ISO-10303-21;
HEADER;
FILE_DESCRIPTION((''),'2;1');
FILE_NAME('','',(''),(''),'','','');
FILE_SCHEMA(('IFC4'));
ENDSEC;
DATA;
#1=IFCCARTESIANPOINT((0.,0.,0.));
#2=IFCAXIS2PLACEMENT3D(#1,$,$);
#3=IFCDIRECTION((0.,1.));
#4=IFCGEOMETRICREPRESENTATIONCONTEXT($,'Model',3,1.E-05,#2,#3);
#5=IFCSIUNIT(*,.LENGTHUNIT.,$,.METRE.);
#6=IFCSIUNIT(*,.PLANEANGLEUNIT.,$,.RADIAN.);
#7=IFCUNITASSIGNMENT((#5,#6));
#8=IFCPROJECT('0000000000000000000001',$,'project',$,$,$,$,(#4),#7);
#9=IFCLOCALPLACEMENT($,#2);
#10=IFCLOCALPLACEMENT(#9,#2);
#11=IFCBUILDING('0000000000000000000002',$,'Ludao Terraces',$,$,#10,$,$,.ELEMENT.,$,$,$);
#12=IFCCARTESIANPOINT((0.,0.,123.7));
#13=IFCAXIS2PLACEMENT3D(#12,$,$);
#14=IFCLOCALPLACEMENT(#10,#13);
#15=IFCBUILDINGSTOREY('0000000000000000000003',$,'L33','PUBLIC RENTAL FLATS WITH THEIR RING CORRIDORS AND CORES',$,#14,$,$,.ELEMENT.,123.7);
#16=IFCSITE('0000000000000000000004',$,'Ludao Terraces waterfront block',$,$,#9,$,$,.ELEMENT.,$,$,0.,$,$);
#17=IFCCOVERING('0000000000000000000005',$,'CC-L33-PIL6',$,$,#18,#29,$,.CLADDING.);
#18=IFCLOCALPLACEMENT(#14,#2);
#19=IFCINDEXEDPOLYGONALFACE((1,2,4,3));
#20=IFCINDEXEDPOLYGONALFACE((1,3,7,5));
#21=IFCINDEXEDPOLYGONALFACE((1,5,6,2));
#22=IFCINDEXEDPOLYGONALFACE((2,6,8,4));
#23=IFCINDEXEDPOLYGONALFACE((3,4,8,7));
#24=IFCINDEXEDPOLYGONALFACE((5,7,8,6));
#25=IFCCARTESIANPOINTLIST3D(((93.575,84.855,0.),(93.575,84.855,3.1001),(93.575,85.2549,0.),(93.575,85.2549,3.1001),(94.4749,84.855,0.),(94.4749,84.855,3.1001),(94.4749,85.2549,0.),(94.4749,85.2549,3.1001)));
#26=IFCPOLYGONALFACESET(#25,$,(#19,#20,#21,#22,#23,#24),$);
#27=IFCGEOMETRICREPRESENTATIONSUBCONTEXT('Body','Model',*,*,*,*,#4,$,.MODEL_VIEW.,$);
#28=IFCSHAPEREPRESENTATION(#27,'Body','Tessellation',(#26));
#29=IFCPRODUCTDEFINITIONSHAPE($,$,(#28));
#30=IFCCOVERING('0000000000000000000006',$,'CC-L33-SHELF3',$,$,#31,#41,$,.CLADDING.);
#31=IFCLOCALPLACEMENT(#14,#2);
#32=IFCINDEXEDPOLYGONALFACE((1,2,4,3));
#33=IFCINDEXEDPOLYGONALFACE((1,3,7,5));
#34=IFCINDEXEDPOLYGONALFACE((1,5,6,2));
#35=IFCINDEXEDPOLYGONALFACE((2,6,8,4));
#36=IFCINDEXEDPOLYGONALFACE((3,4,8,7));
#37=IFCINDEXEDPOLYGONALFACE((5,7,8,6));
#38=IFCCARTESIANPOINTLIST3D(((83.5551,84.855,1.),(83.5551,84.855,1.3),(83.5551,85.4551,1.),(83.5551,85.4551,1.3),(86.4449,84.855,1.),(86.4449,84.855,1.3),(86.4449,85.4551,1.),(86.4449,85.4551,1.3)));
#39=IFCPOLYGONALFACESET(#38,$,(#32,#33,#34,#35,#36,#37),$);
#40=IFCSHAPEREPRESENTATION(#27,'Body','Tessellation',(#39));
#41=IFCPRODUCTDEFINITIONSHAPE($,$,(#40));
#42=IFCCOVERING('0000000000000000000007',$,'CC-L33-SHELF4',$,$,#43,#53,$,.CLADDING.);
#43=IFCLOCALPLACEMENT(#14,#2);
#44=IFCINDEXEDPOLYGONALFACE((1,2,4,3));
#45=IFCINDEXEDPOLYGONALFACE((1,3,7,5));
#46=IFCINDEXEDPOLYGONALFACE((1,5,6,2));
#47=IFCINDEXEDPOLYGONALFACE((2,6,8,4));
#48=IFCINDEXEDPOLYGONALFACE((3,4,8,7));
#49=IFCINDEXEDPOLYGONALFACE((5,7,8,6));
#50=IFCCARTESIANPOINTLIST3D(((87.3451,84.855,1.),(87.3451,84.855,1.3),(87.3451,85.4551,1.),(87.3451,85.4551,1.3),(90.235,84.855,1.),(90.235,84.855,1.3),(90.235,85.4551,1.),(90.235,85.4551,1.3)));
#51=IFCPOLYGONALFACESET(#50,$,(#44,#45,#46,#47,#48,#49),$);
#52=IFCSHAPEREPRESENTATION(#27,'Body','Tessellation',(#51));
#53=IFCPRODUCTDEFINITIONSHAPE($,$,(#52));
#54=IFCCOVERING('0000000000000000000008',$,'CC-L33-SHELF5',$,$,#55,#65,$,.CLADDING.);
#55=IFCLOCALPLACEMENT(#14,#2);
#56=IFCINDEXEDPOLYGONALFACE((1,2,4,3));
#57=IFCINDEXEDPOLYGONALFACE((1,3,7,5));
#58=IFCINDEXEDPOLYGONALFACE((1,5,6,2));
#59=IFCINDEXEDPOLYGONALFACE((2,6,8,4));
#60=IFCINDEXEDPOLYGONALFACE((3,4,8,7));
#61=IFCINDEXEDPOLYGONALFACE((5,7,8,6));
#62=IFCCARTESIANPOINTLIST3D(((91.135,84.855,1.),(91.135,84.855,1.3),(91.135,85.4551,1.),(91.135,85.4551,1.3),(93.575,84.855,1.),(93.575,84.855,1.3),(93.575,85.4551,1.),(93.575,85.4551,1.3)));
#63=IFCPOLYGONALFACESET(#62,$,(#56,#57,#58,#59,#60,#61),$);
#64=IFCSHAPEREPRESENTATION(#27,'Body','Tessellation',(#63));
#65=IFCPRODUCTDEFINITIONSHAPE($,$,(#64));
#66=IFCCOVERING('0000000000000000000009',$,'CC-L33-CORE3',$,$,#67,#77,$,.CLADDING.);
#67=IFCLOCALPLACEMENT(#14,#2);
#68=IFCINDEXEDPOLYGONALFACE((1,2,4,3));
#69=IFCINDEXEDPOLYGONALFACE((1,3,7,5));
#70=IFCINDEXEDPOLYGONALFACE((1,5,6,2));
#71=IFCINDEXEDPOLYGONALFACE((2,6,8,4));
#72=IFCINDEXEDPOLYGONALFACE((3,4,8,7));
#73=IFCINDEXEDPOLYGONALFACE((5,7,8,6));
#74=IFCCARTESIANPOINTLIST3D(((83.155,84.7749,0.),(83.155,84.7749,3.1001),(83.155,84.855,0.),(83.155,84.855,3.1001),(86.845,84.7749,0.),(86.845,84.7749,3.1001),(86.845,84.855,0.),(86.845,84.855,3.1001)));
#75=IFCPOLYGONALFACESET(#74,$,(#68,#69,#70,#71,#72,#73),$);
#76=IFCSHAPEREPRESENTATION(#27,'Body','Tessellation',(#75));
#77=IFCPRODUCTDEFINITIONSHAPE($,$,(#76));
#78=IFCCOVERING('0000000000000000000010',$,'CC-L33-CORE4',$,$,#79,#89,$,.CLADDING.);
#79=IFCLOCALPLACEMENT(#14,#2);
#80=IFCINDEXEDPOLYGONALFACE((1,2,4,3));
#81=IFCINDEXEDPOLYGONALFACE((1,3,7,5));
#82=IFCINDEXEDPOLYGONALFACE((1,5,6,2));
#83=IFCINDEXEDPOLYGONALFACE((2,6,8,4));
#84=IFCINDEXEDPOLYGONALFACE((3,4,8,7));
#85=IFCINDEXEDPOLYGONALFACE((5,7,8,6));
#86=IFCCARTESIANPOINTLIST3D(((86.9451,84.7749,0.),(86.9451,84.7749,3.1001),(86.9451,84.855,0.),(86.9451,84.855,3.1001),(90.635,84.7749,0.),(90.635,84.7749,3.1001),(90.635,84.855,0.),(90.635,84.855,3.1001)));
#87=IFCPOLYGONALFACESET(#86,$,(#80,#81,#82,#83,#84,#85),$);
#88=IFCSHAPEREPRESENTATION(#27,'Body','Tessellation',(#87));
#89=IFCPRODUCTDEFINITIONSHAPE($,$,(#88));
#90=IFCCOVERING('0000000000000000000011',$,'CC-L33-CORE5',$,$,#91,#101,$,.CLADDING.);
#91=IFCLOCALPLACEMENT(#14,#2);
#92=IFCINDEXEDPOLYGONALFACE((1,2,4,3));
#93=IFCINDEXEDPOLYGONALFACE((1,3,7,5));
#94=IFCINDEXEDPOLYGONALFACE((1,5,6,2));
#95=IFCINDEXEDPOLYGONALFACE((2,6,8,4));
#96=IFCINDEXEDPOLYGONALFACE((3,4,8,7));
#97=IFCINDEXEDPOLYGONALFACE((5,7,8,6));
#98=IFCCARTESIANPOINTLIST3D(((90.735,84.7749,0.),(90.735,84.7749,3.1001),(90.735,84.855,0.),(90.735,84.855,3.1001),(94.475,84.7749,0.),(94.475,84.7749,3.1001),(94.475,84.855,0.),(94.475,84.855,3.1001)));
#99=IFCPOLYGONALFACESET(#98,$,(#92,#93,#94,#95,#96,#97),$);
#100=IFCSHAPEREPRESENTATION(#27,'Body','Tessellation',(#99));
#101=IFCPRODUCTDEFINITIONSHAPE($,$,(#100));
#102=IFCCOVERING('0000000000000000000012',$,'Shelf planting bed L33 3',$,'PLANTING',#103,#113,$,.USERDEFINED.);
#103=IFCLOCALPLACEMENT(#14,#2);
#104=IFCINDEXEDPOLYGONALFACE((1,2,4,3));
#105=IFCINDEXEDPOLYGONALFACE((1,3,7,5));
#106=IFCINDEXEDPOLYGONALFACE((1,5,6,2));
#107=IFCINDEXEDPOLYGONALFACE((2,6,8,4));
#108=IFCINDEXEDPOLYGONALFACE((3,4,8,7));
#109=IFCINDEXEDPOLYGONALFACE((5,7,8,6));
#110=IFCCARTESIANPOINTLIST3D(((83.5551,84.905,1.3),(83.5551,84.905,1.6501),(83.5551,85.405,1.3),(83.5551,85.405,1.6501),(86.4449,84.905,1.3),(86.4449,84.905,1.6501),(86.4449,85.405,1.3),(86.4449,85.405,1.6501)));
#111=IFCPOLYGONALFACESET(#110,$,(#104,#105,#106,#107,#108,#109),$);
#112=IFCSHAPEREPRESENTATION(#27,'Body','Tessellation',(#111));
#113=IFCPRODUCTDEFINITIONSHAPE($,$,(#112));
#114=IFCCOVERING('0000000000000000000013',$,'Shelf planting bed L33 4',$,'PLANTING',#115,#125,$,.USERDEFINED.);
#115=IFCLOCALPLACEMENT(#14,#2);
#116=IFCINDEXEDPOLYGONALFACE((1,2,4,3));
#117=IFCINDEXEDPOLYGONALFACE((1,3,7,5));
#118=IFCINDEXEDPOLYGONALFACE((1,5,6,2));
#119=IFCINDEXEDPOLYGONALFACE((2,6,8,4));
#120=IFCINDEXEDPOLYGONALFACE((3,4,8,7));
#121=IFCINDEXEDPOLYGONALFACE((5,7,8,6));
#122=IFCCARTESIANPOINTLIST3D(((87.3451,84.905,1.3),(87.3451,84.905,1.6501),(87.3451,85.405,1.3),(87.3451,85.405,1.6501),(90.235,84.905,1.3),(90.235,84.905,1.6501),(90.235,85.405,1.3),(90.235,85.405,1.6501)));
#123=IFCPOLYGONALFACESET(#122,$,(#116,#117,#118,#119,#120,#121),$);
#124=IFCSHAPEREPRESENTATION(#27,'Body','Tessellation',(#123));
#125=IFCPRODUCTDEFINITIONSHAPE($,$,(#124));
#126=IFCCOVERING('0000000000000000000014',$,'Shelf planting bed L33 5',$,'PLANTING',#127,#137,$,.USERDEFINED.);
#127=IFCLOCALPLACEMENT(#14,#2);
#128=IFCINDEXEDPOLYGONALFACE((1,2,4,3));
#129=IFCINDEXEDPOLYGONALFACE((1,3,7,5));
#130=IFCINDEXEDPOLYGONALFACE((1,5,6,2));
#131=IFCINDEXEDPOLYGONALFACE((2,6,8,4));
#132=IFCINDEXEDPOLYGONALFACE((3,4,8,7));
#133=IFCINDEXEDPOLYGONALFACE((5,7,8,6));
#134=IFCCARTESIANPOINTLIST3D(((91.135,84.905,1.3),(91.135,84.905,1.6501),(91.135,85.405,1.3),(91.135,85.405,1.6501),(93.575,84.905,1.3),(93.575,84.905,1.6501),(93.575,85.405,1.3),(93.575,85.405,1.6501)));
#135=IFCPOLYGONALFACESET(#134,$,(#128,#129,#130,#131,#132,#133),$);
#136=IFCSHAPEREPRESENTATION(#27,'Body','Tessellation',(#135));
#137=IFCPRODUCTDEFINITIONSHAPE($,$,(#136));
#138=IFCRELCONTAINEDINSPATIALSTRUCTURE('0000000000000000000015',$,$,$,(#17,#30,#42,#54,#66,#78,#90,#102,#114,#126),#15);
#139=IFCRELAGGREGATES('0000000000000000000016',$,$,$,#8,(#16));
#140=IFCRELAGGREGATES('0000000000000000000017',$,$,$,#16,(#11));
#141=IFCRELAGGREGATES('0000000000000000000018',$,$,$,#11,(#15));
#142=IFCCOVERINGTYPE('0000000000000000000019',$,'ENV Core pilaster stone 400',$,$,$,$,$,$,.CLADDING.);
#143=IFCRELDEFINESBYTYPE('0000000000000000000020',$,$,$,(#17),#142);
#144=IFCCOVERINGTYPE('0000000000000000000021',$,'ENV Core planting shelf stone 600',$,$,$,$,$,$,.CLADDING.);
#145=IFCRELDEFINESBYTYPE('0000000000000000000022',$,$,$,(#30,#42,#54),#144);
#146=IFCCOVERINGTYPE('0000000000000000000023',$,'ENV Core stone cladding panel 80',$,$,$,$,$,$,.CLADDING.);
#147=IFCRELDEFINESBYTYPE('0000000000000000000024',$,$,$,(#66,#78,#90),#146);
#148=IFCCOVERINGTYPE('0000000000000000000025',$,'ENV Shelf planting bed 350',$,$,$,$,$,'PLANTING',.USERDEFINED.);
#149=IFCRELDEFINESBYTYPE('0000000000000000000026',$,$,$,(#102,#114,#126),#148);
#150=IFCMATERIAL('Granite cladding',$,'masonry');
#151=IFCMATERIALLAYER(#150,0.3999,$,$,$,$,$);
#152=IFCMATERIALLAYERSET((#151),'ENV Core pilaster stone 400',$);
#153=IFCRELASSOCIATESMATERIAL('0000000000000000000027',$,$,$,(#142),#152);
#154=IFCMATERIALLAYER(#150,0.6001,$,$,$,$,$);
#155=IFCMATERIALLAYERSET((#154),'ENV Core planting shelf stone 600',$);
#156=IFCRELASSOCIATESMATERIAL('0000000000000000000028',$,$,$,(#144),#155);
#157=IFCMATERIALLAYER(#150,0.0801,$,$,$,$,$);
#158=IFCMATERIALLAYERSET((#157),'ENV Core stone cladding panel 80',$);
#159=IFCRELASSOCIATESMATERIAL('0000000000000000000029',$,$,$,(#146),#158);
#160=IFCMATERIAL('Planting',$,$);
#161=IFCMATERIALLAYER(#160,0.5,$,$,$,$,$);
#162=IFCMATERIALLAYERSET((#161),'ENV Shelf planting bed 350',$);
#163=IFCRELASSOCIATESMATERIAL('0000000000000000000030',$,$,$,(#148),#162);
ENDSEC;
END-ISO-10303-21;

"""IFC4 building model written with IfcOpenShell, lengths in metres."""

from ifc_helpers import new_model, si_unit, direction, frame, origin, origin_2d, place, context, subcontext, project, spatial, rectangle, extrude, material, layer, layer_set, type_object, element, save


model = new_model("IFC4")

# Units and contexts
model_context = context("Model", 3, precision=1e-05, world=origin(), true_north=direction((0.0, 1.0)))
body_context = subcontext(model_context, "Body", "Model", "MODEL_VIEW")
ifc_project = project(units=[si_unit("LENGTHUNIT", "METRE"), si_unit("PLANEANGLEUNIT", "RADIAN")], contexts=[model_context])

# Site, building, storey
site_placement = place(None, origin())
site = spatial("IfcSite", under=ifc_project, at=site_placement, Name="Ludao Terraces waterfront block", CompositionType="ELEMENT", RefElevation=0.0)
building_placement = place(site_placement, origin())
building = spatial("IfcBuilding", under=site, at=building_placement, Name="Ludao Terraces", CompositionType="ELEMENT")
storey_placement = place(building_placement, frame((0.0, 0.0, 123.7)))
storey = spatial("IfcBuildingStorey", under=building, at=storey_placement, Name="L33", Description="PUBLIC RENTAL FLATS WITH THEIR RING CORRIDORS AND CORES", CompositionType="ELEMENT", Elevation=123.7)

# Coverings
ifc_material_1 = material(Name="Granite cladding", Category="masonry")
ifc_layer_1 = layer(ifc_material_1, 0.3999)
ifc_layer_set_1 = layer_set([ifc_layer_1], Name="ENV Core pilaster stone 400")
covering_type_1 = type_object("IfcCoveringType", Name="ENV Core pilaster stone 400", PredefinedType="CLADDING", material=ifc_layer_set_1)
for number, where, z_axis, x_axis, name in (
    (1, (94.0249, 85.0549, 0.0), (0.0, 0.0, 1.0), (1.0, 0.0, 0.0), "CC-L33-PIL6"),
):
    element("IfcCovering", number, at=place(storey_placement, frame(where, z_axis=z_axis, x_axis=x_axis)), inside=storey, type_object=covering_type_1, Name=name, PredefinedType="CLADDING", context=body_context, shape_type="SweptSolid", body=[
        extrude(rectangle(XDim=0.8999, YDim=0.3999, at=origin_2d()), origin(), (0.0, 0.0, 1.0), 3.1001),
    ])
ifc_layer_2 = layer(ifc_material_1, 0.6001)
ifc_layer_set_2 = layer_set([ifc_layer_2], Name="ENV Core planting shelf stone 600")
covering_type_2 = type_object("IfcCoveringType", Name="ENV Core planting shelf stone 600", PredefinedType="CLADDING", material=ifc_layer_set_2)
for number, where, z_axis, x_axis, name in (
    (2, (85.0, 85.155, 1.0), (0.0, 0.0, 1.0), (1.0, 0.0, 0.0), "CC-L33-SHELF3"),
    (3, (88.79, 85.155, 1.0), (0.0, 0.0, 1.0), (1.0, 0.0, 0.0), "CC-L33-SHELF4"),
):
    element("IfcCovering", number, at=place(storey_placement, frame(where, z_axis=z_axis, x_axis=x_axis)), inside=storey, type_object=covering_type_2, Name=name, PredefinedType="CLADDING", context=body_context, shape_type="SweptSolid", body=[
        extrude(rectangle(XDim=2.8899, YDim=0.6001, at=origin_2d()), origin(), (0.0, 0.0, 1.0), 0.3),
    ])
covering_1_placement = place(storey_placement, frame((92.355, 85.155, 1.0), z_axis=(0.0, 0.0, 1.0), x_axis=(1.0, 0.0, 0.0)))
element("IfcCovering", 4, at=covering_1_placement, inside=storey, type_object=covering_type_2, Name="CC-L33-SHELF5", PredefinedType="CLADDING", context=body_context, shape_type="SweptSolid", body=[
    extrude(rectangle(XDim=2.4399, YDim=0.6001, at=origin_2d()), origin(), (0.0, 0.0, 1.0), 0.3),
])
ifc_layer_3 = layer(ifc_material_1, 0.0801)
ifc_layer_set_3 = layer_set([ifc_layer_3], Name="ENV Core stone cladding panel 80")
covering_type_3 = type_object("IfcCoveringType", Name="ENV Core stone cladding panel 80", PredefinedType="CLADDING", material=ifc_layer_set_3)
for number, where, z_axis, x_axis, name in (
    (5, (85.0, 84.8149, 0.0), (0.0, 0.0, 1.0), (1.0, 0.0, 0.0), "CC-L33-CORE3"),
    (6, (88.79, 84.8149, 0.0), (0.0, 0.0, 1.0), (1.0, 0.0, 0.0), "CC-L33-CORE4"),
):
    element("IfcCovering", number, at=place(storey_placement, frame(where, z_axis=z_axis, x_axis=x_axis)), inside=storey, type_object=covering_type_3, Name=name, PredefinedType="CLADDING", context=body_context, shape_type="SweptSolid", body=[
        extrude(rectangle(XDim=3.6899, YDim=0.0801, at=origin_2d()), origin(), (0.0, 0.0, 1.0), 3.1001),
    ])
covering_2_placement = place(storey_placement, frame((92.605, 84.8149, 0.0), z_axis=(0.0, 0.0, 1.0), x_axis=(1.0, 0.0, 0.0)))
element("IfcCovering", 7, at=covering_2_placement, inside=storey, type_object=covering_type_3, Name="CC-L33-CORE5", PredefinedType="CLADDING", context=body_context, shape_type="SweptSolid", body=[
    extrude(rectangle(XDim=3.74, YDim=0.0801, at=origin_2d()), origin(), (0.0, 0.0, 1.0), 3.1001),
])
ifc_material_2 = material(Name="Planting")
ifc_layer_4 = layer(ifc_material_2, 0.5)
ifc_layer_set_4 = layer_set([ifc_layer_4], Name="ENV Shelf planting bed 350")
covering_type_4 = type_object("IfcCoveringType", Name="ENV Shelf planting bed 350", ElementType="PLANTING", PredefinedType="USERDEFINED", material=ifc_layer_set_4)
for number, where, z_axis, x_axis, name in (
    (8, (85.0, 85.155, 1.3), (0.0, 0.0, 1.0), (1.0, 0.0, 0.0), "Shelf planting bed L33 3"),
    (9, (88.79, 85.155, 1.3), (0.0, 0.0, 1.0), (1.0, 0.0, 0.0), "Shelf planting bed L33 4"),
):
    element("IfcCovering", number, at=place(storey_placement, frame(where, z_axis=z_axis, x_axis=x_axis)), inside=storey, type_object=covering_type_4, Name=name, ObjectType="PLANTING", PredefinedType="USERDEFINED", context=body_context, shape_type="SweptSolid", body=[
        extrude(rectangle(XDim=2.8899, YDim=0.5, at=origin_2d()), origin(), (0.0, 0.0, 1.0), 0.3501),
    ])
covering_3_placement = place(storey_placement, frame((92.355, 85.155, 1.3), z_axis=(0.0, 0.0, 1.0), x_axis=(1.0, 0.0, 0.0)))
element("IfcCovering", 10, at=covering_3_placement, inside=storey, type_object=covering_type_4, Name="Shelf planting bed L33 5", ObjectType="PLANTING", PredefinedType="USERDEFINED", context=body_context, shape_type="SweptSolid", body=[
    extrude(rectangle(XDim=2.4399, YDim=0.5, at=origin_2d()), origin(), (0.0, 0.0, 1.0), 0.3501),
])

save(model, "model.ifc")
